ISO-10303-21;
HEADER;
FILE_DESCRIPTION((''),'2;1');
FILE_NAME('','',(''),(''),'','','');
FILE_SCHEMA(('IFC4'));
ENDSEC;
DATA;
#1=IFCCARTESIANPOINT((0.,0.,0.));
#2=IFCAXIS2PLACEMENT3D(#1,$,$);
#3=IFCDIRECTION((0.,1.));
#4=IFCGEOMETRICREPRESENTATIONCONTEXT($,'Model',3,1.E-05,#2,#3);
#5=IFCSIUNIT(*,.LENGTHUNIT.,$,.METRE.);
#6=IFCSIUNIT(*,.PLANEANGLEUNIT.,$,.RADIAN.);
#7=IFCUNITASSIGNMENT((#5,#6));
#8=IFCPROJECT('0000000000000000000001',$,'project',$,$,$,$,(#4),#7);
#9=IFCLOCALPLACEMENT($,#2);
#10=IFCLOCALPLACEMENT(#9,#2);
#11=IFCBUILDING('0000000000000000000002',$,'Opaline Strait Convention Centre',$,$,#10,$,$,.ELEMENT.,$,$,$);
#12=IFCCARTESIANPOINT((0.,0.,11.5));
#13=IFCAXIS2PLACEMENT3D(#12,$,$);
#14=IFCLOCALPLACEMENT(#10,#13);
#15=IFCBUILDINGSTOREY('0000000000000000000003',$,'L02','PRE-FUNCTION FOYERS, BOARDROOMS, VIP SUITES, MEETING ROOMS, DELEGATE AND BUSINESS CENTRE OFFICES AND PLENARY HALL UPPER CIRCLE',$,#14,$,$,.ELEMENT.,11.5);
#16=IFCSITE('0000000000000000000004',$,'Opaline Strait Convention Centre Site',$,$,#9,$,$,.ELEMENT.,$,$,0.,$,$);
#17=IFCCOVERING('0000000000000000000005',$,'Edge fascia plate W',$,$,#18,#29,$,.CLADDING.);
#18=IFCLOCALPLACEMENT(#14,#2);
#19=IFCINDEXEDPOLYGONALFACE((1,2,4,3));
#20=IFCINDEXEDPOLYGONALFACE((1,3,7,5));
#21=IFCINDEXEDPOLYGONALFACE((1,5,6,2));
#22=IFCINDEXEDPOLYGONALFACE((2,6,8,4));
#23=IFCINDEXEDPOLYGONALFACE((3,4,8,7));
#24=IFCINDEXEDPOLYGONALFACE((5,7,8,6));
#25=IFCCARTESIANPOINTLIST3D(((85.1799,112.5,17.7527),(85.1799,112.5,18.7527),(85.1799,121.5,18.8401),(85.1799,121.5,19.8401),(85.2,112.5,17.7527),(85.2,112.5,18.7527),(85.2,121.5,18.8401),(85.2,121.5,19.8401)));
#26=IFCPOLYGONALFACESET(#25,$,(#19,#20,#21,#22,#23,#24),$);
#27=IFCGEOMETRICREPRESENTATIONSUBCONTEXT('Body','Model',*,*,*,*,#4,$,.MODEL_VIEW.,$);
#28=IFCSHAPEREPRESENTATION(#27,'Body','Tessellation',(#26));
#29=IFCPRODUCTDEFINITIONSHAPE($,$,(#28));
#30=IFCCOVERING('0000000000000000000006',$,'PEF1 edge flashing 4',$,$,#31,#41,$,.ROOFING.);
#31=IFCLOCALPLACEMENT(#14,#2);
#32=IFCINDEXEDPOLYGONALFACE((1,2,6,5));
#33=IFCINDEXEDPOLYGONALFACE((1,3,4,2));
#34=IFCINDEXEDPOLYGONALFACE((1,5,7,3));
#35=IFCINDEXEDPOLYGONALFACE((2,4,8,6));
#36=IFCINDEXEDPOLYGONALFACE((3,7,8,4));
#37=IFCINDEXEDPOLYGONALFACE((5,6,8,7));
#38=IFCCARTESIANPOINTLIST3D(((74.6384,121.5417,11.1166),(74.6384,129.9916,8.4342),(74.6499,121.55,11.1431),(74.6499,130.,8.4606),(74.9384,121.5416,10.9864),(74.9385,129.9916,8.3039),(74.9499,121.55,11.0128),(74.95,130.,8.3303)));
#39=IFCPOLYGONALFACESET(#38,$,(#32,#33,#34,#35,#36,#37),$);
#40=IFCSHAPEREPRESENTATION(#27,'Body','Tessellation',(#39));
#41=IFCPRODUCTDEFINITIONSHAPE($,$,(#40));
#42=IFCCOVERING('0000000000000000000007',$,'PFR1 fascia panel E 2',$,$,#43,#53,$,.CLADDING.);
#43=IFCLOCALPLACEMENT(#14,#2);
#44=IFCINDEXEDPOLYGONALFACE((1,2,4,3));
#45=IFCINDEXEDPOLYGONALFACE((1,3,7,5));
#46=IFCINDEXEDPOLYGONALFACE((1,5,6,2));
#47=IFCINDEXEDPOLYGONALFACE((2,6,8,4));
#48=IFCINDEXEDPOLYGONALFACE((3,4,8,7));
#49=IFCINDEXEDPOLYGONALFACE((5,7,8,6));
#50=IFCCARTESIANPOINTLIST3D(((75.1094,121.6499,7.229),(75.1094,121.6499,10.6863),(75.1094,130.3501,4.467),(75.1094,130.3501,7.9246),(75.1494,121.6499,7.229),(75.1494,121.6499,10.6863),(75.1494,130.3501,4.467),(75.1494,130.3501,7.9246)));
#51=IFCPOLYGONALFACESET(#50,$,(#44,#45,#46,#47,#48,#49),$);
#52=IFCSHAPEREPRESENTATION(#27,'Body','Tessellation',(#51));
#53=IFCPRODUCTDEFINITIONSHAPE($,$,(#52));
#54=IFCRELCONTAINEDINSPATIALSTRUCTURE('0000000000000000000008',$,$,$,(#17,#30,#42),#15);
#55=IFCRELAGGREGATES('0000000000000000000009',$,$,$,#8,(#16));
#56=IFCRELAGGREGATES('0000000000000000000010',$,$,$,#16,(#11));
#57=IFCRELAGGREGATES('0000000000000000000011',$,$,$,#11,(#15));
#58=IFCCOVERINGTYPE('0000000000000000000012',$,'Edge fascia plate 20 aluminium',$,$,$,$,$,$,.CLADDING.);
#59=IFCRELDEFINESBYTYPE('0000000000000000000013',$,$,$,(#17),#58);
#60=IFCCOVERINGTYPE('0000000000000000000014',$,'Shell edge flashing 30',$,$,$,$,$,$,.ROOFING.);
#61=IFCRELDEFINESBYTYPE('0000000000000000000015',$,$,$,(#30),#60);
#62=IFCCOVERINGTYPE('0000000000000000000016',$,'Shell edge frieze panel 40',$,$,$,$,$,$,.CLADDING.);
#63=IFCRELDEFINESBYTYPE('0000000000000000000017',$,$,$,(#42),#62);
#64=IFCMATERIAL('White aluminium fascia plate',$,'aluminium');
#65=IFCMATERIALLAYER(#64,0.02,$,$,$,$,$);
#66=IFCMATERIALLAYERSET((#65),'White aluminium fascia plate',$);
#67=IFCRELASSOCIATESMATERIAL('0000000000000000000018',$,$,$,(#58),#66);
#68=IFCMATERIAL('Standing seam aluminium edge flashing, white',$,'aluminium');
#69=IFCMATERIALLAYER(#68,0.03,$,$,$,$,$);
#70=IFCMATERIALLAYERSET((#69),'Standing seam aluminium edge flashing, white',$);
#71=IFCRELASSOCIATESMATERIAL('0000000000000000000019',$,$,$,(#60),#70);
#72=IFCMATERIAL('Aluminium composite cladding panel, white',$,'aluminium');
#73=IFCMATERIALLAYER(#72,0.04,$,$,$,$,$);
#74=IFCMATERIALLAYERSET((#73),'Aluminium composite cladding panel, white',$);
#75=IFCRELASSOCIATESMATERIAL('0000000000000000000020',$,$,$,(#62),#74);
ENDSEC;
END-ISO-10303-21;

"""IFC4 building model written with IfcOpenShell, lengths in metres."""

from ifc_helpers import new_model, si_unit, direction, frame, origin, place, context, subcontext, project, spatial, polyline, outline, extrude, material, layer, layer_set, type_object, element, save


model = new_model("IFC4")

# Units and contexts
model_context = context("Model", 3, precision=1e-05, world=origin(), true_north=direction((0.0, 1.0)))
body_context = subcontext(model_context, "Body", "Model", "MODEL_VIEW")
ifc_project = project(units=[si_unit("LENGTHUNIT", "METRE"), si_unit("PLANEANGLEUNIT", "RADIAN")], contexts=[model_context])

# Site, building, storey
site_placement = place(None, origin())
site = spatial("IfcSite", under=ifc_project, at=site_placement, Name="Opaline Strait Convention Centre Site", CompositionType="ELEMENT", RefElevation=0.0)
building_placement = place(site_placement, origin())
building = spatial("IfcBuilding", under=site, at=building_placement, Name="Opaline Strait Convention Centre", CompositionType="ELEMENT")
storey_placement = place(building_placement, frame((0.0, 0.0, 11.5)))
storey = spatial("IfcBuildingStorey", under=building, at=storey_placement, Name="L02", Description="PRE-FUNCTION FOYERS, BOARDROOMS, VIP SUITES, MEETING ROOMS, DELEGATE AND BUSINESS CENTRE OFFICES AND PLENARY HALL UPPER CIRCLE", CompositionType="ELEMENT", Elevation=11.5)

# Coverings
ifc_material_1 = material(Name="White aluminium fascia plate", Category="aluminium")
ifc_layer_1 = layer(ifc_material_1, 0.02)
ifc_layer_set_1 = layer_set([ifc_layer_1], Name="White aluminium fascia plate")
covering_type_1 = type_object("IfcCoveringType", Name="Edge fascia plate 20 aluminium", PredefinedType="CLADDING", material=ifc_layer_set_1)
covering_1_placement = place(storey_placement, frame((85.2, 117.0, 18.7964), z_axis=(-1.0, 0.0, 0.0), x_axis=(0.0, -1.0, 0.0)))
element("IfcCovering", 1, at=covering_1_placement, inside=storey, type_object=covering_type_1, Name="Edge fascia plate W", PredefinedType="CLADDING", context=body_context, shape_type="SweptSolid", body=[
    extrude(outline(polyline([(-4.5, 1.0437), (4.5, -0.0437), (4.5, -1.0437), (-4.5, 0.0437), (-4.5, 1.0437)])), origin(), (0.0, 0.0, 1.0), 0.02),
])
ifc_material_2 = material(Name="Standing seam aluminium edge flashing, white", Category="aluminium")
ifc_layer_2 = layer(ifc_material_2, 0.03)
ifc_layer_set_2 = layer_set([ifc_layer_2], Name="Standing seam aluminium edge flashing, white")
covering_type_2 = type_object("IfcCoveringType", Name="Shell edge flashing 30", PredefinedType="ROOFING", material=ifc_layer_set_2)
covering_2_placement = place(storey_placement, frame((74.6499, 121.55, 11.1431), z_axis=(0.382314, 0.27959, 0.880719), x_axis=(0.917312, -0.000092, -0.398169)))
element("IfcCovering", 2, at=covering_2_placement, inside=storey, type_object=covering_type_2, Name="PEF1 edge flashing 4", PredefinedType="ROOFING", context=body_context, shape_type="SweptSolid", body=[
    extrude(outline(polyline([(0.0, 0.0), (0.3271, 0.0), (1.3944, 8.8011), (1.0673, 8.801), (0.0, 0.0)])), origin(), (0.0, 0.0, -1.0), 0.03),
])
ifc_material_3 = material(Name="Aluminium composite cladding panel, white", Category="aluminium")
ifc_layer_3 = layer(ifc_material_3, 0.04)
ifc_layer_set_3 = layer_set([ifc_layer_3], Name="Aluminium composite cladding panel, white")
covering_type_3 = type_object("IfcCoveringType", Name="Shell edge frieze panel 40", PredefinedType="CLADDING", material=ifc_layer_set_3)
covering_3_placement = place(storey_placement, frame((75.1494, 121.6499, 7.229), z_axis=(1.0, 0.0, 0.0), x_axis=(0.0, 0.953124, -0.302579)))
element("IfcCovering", 3, at=covering_3_placement, inside=storey, type_object=covering_type_3, Name="PFR1 fascia panel E 2", PredefinedType="CLADDING", context=body_context, shape_type="SweptSolid", body=[
    extrude(outline(polyline([(0.0, 0.0), (9.1281, 0.0), (8.0819, 3.2954), (-1.0461, 3.2952), (0.0, 0.0)])), origin(), (0.0, 0.0, -1.0), 0.04),
])

save(model, "model.ifc")
